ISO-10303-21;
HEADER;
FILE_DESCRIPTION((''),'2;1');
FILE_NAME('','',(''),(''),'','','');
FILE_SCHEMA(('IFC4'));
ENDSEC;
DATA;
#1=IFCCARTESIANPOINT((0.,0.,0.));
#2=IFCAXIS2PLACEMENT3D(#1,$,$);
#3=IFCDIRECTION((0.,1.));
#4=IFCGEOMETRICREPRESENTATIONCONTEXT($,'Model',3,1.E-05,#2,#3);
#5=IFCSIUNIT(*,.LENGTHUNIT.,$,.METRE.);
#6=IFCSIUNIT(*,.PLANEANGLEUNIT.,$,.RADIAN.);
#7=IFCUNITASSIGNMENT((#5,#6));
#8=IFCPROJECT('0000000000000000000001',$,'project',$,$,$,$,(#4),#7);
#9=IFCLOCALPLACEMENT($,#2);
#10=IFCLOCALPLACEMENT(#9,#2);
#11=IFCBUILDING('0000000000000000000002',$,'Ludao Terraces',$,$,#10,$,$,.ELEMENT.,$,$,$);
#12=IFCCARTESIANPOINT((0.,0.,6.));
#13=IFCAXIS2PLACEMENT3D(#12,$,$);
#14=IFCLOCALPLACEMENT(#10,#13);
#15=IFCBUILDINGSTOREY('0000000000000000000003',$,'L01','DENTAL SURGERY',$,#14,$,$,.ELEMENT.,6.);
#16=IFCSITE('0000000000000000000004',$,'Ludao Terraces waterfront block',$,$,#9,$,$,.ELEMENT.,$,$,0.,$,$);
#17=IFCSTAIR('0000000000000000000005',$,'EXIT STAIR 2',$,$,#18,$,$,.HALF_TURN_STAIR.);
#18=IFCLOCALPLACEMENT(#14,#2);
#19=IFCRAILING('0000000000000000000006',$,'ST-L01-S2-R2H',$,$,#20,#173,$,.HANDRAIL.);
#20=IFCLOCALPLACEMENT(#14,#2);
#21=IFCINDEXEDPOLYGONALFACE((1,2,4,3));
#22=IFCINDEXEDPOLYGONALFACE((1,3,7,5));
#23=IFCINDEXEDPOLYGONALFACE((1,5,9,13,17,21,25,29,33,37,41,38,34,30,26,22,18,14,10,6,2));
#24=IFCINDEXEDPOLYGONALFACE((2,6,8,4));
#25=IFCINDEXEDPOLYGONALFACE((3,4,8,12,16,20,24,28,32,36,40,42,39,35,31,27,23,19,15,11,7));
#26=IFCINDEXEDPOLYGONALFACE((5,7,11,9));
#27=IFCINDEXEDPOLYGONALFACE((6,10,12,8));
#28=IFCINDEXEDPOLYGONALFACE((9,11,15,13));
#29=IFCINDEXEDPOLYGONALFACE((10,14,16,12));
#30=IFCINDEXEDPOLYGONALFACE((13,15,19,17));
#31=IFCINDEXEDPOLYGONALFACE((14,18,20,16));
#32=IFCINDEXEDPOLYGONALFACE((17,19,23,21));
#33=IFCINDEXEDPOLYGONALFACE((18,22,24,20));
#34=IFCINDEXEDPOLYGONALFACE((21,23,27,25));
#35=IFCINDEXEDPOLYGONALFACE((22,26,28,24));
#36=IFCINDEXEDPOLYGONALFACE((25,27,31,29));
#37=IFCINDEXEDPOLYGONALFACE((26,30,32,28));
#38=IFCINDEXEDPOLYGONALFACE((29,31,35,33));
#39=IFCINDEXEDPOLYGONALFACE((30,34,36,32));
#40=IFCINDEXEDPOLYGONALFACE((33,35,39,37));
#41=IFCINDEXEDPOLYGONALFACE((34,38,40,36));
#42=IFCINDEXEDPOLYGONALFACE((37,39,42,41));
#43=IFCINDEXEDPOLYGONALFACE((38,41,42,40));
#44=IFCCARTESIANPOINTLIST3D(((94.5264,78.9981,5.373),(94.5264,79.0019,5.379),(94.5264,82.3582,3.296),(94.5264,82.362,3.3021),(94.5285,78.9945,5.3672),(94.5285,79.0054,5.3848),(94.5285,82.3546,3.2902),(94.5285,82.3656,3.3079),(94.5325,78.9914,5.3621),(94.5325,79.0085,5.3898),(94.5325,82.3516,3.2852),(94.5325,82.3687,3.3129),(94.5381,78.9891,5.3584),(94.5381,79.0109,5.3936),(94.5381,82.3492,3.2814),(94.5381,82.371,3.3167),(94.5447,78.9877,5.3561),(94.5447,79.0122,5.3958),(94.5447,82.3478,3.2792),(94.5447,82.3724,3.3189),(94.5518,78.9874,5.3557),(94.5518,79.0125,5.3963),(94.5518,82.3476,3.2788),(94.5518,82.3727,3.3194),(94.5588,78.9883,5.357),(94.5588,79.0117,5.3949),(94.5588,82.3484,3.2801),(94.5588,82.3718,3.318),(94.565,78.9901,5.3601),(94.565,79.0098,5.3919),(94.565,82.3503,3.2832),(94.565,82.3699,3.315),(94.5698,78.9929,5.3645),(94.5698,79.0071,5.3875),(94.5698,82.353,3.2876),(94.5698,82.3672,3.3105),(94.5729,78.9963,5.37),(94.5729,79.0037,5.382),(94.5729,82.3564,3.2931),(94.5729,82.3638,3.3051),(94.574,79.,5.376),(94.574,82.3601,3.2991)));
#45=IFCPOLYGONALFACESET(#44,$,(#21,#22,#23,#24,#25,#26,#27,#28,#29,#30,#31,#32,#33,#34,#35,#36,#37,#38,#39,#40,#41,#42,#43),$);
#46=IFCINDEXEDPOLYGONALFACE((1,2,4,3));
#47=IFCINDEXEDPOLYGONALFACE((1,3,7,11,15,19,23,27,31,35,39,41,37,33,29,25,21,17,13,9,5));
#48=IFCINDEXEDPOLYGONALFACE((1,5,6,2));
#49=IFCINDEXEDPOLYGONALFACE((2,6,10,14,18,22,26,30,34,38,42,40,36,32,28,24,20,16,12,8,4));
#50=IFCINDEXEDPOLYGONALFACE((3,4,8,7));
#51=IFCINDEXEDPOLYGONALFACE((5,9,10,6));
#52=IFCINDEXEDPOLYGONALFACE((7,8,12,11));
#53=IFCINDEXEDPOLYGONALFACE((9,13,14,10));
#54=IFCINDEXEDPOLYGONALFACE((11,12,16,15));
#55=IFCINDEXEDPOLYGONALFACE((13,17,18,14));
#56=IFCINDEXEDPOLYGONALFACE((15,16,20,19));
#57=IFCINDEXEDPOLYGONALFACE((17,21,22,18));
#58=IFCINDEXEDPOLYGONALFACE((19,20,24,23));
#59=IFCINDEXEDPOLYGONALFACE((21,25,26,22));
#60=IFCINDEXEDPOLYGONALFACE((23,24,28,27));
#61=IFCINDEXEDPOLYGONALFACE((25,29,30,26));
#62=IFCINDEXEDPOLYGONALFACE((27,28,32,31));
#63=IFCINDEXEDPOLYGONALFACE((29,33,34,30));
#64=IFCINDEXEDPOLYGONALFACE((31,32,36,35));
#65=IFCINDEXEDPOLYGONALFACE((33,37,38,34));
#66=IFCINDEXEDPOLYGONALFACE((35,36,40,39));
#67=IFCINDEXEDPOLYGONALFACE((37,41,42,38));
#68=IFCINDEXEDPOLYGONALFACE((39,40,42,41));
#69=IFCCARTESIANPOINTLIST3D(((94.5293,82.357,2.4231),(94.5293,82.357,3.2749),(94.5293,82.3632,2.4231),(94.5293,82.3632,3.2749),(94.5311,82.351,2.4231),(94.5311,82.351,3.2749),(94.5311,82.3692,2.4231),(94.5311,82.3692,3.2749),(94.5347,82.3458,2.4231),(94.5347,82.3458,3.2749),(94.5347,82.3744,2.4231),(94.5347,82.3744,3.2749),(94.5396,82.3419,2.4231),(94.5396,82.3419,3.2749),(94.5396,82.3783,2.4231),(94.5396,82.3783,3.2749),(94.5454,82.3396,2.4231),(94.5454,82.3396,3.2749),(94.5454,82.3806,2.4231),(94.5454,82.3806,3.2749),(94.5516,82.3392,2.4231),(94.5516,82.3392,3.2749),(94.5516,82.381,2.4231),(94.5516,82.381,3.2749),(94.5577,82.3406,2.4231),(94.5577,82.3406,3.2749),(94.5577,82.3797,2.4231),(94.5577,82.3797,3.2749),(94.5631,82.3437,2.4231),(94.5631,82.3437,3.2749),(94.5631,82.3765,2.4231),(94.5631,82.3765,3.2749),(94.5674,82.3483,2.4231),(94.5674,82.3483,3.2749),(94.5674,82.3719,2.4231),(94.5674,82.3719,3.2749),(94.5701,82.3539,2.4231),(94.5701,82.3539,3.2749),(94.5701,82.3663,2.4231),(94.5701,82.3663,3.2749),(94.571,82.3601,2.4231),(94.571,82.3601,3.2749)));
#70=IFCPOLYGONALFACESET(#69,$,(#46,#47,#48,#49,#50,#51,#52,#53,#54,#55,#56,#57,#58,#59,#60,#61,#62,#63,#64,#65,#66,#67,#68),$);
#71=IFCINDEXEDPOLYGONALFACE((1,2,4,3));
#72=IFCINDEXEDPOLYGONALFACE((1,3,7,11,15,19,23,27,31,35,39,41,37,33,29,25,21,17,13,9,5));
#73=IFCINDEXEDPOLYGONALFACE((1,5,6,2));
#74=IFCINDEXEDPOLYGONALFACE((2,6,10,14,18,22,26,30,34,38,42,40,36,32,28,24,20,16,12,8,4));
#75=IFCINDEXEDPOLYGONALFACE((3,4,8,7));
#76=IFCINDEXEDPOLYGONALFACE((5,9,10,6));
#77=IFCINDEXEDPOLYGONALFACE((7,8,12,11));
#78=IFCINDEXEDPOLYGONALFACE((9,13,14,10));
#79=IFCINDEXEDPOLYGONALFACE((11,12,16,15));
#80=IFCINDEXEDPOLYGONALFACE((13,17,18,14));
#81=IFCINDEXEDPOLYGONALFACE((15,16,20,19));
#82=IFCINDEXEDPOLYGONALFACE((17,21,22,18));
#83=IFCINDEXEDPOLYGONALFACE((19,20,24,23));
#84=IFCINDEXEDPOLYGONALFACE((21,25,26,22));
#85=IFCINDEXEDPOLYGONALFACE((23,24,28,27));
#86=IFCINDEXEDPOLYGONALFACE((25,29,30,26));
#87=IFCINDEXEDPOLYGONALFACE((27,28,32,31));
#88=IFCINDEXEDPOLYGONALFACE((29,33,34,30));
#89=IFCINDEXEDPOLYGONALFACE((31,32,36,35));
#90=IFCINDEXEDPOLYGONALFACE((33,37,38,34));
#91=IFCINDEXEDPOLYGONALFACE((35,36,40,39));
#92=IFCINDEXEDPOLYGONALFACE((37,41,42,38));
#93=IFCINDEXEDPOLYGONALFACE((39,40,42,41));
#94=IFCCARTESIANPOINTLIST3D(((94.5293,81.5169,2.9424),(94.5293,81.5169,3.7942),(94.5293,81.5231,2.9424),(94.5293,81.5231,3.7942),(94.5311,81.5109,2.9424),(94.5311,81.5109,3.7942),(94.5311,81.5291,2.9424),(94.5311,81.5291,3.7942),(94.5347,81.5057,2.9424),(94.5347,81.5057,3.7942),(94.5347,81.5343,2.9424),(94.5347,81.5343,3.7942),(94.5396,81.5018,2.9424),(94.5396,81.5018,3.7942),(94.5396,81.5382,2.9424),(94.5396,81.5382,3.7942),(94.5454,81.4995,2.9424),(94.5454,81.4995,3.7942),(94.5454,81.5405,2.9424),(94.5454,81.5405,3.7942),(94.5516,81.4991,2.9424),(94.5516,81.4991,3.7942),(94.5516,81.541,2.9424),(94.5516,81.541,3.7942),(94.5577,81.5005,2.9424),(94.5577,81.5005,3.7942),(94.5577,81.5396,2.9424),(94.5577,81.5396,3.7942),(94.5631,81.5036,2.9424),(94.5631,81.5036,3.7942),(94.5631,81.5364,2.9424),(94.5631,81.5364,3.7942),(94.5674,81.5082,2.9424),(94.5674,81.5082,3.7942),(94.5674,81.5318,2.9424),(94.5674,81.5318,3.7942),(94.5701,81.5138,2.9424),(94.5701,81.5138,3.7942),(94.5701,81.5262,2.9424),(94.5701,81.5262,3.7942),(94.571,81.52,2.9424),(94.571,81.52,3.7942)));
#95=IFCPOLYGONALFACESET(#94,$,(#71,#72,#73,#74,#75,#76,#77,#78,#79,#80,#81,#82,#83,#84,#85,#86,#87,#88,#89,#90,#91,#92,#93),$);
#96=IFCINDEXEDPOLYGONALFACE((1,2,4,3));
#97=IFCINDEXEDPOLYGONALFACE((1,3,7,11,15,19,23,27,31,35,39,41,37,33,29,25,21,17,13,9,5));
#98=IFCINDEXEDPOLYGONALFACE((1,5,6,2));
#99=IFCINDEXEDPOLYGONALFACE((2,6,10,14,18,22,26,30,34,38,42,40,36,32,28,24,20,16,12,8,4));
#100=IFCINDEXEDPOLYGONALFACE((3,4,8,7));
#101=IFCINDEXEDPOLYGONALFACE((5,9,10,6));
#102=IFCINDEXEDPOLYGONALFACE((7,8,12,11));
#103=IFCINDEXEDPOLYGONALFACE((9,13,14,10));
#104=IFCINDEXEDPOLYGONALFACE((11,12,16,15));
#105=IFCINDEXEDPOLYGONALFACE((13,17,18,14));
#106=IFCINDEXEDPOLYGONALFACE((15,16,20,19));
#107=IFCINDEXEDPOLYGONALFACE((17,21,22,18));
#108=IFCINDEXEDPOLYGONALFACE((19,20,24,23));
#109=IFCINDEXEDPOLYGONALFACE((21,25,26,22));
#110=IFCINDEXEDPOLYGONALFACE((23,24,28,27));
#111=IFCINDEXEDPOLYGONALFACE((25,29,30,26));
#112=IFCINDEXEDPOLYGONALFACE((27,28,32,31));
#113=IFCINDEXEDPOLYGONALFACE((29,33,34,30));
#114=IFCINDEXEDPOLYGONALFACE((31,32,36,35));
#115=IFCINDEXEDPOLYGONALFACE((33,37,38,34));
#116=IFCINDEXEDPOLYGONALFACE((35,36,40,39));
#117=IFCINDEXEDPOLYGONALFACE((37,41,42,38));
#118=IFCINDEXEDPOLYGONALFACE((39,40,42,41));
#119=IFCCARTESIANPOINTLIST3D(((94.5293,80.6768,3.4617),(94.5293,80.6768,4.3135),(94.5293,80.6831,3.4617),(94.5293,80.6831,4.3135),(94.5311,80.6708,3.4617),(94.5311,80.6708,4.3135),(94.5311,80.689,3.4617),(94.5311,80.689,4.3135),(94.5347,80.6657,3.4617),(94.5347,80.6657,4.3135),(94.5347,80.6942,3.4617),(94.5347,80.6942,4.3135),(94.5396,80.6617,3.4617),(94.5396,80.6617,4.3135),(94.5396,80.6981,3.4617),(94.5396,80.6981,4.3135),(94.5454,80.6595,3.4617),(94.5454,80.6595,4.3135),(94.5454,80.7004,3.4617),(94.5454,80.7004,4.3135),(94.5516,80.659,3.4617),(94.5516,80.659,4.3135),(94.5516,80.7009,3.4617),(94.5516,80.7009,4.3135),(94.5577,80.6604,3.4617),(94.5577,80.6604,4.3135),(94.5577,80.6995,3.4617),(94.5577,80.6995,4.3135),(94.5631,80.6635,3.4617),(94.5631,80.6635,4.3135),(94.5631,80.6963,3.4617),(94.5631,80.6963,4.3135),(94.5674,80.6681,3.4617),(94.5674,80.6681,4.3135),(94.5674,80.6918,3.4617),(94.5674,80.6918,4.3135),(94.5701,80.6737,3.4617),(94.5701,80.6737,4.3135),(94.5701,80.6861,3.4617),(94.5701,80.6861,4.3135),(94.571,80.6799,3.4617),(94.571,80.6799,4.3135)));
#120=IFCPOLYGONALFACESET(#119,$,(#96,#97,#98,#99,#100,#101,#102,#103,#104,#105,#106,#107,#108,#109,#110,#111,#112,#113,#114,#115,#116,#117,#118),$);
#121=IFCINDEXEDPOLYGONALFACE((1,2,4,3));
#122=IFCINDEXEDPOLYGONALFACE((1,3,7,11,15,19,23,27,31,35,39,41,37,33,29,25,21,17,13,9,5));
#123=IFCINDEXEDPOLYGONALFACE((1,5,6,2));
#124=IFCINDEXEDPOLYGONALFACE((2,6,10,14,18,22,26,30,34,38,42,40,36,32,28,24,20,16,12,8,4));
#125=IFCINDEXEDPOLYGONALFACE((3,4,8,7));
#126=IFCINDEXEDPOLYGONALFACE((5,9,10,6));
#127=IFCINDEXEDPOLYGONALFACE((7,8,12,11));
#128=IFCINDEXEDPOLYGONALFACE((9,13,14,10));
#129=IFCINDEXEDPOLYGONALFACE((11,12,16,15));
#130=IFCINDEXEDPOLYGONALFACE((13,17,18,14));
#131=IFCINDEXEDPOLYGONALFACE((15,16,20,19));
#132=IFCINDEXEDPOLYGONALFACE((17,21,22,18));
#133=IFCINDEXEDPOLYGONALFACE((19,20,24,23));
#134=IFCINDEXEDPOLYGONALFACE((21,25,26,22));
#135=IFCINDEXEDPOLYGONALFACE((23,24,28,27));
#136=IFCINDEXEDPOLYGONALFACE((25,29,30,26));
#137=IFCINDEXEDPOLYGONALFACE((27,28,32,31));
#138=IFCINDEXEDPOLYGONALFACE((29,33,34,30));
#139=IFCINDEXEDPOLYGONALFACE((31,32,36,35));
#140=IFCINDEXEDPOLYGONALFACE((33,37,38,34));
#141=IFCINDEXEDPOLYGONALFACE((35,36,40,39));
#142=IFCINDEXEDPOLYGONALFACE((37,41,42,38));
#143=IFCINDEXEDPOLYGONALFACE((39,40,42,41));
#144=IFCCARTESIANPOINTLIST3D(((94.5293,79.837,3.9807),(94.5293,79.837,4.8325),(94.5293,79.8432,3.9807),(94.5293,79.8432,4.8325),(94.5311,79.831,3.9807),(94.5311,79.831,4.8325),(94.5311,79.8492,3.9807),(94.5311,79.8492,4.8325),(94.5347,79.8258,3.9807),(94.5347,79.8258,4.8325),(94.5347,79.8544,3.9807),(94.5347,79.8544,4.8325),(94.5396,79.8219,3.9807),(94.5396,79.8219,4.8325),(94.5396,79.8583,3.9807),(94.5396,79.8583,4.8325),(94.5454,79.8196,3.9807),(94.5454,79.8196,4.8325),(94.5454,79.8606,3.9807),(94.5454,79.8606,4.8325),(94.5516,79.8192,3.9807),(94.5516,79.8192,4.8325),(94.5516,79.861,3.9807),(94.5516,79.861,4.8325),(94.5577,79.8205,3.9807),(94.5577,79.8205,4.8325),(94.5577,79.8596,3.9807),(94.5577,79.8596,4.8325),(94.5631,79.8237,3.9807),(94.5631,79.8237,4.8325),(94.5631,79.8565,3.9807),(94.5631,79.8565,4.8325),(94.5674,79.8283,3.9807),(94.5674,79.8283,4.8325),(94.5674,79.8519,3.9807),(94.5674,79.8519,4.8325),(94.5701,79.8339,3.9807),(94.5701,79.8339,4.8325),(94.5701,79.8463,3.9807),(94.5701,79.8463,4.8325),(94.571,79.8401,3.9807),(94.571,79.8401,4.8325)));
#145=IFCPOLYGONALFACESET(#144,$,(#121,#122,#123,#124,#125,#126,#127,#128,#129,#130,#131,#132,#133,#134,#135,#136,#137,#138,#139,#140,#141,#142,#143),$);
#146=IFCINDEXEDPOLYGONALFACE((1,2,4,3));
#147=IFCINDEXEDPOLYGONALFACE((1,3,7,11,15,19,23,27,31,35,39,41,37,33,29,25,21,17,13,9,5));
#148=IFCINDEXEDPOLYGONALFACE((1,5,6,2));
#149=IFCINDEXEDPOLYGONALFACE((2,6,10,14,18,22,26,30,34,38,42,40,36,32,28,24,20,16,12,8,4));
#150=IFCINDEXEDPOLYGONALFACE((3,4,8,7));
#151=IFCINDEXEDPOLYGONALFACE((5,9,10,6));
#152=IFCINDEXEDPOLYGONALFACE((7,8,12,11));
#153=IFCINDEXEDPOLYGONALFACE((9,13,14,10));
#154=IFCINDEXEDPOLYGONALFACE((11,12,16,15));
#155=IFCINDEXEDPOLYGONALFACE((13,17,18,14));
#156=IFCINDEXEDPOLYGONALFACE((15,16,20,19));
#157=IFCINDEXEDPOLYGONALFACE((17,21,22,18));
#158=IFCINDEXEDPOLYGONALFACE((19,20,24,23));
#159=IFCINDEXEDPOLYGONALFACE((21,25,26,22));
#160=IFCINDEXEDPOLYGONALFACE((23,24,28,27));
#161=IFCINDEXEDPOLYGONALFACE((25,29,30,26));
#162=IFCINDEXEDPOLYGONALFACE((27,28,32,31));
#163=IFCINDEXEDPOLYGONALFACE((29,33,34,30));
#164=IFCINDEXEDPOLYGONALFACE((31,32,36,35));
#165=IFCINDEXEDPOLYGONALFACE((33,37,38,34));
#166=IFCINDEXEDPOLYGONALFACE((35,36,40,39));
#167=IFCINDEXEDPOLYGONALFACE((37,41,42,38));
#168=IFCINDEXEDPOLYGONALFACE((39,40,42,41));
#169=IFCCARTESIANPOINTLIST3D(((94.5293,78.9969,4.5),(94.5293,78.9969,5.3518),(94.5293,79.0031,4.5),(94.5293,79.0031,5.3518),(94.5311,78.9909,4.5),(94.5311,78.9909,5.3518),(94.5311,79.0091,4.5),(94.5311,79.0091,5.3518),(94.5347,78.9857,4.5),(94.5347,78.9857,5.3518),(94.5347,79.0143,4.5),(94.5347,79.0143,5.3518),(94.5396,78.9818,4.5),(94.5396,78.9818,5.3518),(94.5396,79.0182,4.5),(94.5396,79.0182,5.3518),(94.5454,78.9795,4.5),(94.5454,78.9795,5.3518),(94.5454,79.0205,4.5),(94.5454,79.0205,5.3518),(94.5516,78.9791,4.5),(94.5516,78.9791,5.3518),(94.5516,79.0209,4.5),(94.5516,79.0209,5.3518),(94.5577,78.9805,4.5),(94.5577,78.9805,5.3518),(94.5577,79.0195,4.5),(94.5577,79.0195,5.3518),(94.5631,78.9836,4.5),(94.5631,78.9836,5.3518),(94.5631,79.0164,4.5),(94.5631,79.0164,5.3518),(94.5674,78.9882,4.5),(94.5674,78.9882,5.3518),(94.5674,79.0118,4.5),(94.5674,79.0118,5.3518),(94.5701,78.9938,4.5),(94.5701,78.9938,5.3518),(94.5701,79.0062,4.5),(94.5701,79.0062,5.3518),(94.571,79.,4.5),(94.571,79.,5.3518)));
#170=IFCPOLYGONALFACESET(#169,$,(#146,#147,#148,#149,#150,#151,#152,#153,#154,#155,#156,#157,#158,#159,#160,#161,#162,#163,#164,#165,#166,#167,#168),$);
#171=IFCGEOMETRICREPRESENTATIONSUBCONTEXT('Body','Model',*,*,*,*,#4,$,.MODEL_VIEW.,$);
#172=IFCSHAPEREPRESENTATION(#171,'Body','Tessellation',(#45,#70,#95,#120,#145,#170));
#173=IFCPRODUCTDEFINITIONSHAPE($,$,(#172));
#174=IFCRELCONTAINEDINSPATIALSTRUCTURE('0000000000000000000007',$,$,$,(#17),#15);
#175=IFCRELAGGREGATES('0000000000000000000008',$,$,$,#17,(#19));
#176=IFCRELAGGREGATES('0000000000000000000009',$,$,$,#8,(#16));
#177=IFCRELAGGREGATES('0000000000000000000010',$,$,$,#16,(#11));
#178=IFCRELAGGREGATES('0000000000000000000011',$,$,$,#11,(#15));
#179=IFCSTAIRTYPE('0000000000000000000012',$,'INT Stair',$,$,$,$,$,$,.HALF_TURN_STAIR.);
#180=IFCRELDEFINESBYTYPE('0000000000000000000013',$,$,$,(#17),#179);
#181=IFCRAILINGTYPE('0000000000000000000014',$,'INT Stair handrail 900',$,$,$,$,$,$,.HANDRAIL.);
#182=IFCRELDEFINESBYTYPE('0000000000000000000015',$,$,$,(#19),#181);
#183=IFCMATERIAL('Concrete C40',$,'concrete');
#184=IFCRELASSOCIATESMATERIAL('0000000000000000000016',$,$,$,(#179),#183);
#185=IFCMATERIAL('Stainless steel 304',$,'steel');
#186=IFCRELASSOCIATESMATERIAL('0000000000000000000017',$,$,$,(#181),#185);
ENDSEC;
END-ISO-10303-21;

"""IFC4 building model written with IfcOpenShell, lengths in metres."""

from ifc_helpers import new_model, si_unit, direction, frame, origin, origin_2d, place, context, subcontext, project, spatial, circle, extrude, material, type_object, element, aggregate, save


model = new_model("IFC4")

# Units and contexts
model_context = context("Model", 3, precision=1e-05, world=origin(), true_north=direction((0.0, 1.0)))
body_context = subcontext(model_context, "Body", "Model", "MODEL_VIEW")
ifc_project = project(units=[si_unit("LENGTHUNIT", "METRE"), si_unit("PLANEANGLEUNIT", "RADIAN")], contexts=[model_context])

# Site, building, storey
site_placement = place(None, origin())
site = spatial("IfcSite", under=ifc_project, at=site_placement, Name="Ludao Terraces waterfront block", CompositionType="ELEMENT", RefElevation=0.0)
building_placement = place(site_placement, origin())
building = spatial("IfcBuilding", under=site, at=building_placement, Name="Ludao Terraces", CompositionType="ELEMENT")
storey_placement = place(building_placement, frame((0.0, 0.0, 6.0)))
storey = spatial("IfcBuildingStorey", under=building, at=storey_placement, Name="L01", Description="DENTAL SURGERY", CompositionType="ELEMENT", Elevation=6.0)

# Shared definitions
ifc_material_1 = material(Name="Concrete C40", Category="concrete")

# Stair, railing
stair_type = type_object("IfcStairType", Name="INT Stair", PredefinedType="HALF_TURN_STAIR", material=ifc_material_1)
stair_placement = place(storey_placement, origin())
stair = element("IfcStair", 1, at=stair_placement, inside=storey, type_object=stair_type, Name="EXIT STAIR 2", PredefinedType="HALF_TURN_STAIR")
ifc_material_2 = material(Name="Stainless steel 304", Category="steel")
railing_type_1 = type_object("IfcRailingType", Name="INT Stair handrail 900", PredefinedType="HANDRAIL", material=ifc_material_2)
railing_1_placement = place(storey_placement, frame((94.55, 82.3601, 2.4231)))
railing_1 = element("IfcRailing", 2, at=railing_1_placement, type_object=railing_type_1, Name="ST-L01-S2-R2H", PredefinedType="HANDRAIL", context=body_context, shape_type="SweptSolid", body=[
    extrude(circle(Radius=0.0239, at=origin_2d()), frame((0.0, 0.0, 0.876), z_axis=(0.0, -0.850623, 0.525776), x_axis=(1.0, 0.0, 0.0)), (0.0, 0.0, 1.0), 3.9502),
    extrude(circle(Radius=0.021, at=origin_2d()), origin(), (0.0, 0.0, 1.0), 0.8518),
    extrude(circle(Radius=0.021, at=origin_2d()), frame((0.0, -0.8401, 0.5193)), (0.0, 0.0, 1.0), 0.8518),
    extrude(circle(Radius=0.021, at=origin_2d()), frame((0.0, -1.6802, 1.0386)), (0.0, 0.0, 1.0), 0.8518),
    extrude(circle(Radius=0.021, at=origin_2d()), frame((0.0, -2.52, 1.5576)), (0.0, 0.0, 1.0), 0.8518),
    extrude(circle(Radius=0.021, at=origin_2d()), frame((0.0, -3.3601, 2.0769)), (0.0, 0.0, 1.0), 0.8518),
])
aggregate(stair, [railing_1])

save(model, "model.ifc")
